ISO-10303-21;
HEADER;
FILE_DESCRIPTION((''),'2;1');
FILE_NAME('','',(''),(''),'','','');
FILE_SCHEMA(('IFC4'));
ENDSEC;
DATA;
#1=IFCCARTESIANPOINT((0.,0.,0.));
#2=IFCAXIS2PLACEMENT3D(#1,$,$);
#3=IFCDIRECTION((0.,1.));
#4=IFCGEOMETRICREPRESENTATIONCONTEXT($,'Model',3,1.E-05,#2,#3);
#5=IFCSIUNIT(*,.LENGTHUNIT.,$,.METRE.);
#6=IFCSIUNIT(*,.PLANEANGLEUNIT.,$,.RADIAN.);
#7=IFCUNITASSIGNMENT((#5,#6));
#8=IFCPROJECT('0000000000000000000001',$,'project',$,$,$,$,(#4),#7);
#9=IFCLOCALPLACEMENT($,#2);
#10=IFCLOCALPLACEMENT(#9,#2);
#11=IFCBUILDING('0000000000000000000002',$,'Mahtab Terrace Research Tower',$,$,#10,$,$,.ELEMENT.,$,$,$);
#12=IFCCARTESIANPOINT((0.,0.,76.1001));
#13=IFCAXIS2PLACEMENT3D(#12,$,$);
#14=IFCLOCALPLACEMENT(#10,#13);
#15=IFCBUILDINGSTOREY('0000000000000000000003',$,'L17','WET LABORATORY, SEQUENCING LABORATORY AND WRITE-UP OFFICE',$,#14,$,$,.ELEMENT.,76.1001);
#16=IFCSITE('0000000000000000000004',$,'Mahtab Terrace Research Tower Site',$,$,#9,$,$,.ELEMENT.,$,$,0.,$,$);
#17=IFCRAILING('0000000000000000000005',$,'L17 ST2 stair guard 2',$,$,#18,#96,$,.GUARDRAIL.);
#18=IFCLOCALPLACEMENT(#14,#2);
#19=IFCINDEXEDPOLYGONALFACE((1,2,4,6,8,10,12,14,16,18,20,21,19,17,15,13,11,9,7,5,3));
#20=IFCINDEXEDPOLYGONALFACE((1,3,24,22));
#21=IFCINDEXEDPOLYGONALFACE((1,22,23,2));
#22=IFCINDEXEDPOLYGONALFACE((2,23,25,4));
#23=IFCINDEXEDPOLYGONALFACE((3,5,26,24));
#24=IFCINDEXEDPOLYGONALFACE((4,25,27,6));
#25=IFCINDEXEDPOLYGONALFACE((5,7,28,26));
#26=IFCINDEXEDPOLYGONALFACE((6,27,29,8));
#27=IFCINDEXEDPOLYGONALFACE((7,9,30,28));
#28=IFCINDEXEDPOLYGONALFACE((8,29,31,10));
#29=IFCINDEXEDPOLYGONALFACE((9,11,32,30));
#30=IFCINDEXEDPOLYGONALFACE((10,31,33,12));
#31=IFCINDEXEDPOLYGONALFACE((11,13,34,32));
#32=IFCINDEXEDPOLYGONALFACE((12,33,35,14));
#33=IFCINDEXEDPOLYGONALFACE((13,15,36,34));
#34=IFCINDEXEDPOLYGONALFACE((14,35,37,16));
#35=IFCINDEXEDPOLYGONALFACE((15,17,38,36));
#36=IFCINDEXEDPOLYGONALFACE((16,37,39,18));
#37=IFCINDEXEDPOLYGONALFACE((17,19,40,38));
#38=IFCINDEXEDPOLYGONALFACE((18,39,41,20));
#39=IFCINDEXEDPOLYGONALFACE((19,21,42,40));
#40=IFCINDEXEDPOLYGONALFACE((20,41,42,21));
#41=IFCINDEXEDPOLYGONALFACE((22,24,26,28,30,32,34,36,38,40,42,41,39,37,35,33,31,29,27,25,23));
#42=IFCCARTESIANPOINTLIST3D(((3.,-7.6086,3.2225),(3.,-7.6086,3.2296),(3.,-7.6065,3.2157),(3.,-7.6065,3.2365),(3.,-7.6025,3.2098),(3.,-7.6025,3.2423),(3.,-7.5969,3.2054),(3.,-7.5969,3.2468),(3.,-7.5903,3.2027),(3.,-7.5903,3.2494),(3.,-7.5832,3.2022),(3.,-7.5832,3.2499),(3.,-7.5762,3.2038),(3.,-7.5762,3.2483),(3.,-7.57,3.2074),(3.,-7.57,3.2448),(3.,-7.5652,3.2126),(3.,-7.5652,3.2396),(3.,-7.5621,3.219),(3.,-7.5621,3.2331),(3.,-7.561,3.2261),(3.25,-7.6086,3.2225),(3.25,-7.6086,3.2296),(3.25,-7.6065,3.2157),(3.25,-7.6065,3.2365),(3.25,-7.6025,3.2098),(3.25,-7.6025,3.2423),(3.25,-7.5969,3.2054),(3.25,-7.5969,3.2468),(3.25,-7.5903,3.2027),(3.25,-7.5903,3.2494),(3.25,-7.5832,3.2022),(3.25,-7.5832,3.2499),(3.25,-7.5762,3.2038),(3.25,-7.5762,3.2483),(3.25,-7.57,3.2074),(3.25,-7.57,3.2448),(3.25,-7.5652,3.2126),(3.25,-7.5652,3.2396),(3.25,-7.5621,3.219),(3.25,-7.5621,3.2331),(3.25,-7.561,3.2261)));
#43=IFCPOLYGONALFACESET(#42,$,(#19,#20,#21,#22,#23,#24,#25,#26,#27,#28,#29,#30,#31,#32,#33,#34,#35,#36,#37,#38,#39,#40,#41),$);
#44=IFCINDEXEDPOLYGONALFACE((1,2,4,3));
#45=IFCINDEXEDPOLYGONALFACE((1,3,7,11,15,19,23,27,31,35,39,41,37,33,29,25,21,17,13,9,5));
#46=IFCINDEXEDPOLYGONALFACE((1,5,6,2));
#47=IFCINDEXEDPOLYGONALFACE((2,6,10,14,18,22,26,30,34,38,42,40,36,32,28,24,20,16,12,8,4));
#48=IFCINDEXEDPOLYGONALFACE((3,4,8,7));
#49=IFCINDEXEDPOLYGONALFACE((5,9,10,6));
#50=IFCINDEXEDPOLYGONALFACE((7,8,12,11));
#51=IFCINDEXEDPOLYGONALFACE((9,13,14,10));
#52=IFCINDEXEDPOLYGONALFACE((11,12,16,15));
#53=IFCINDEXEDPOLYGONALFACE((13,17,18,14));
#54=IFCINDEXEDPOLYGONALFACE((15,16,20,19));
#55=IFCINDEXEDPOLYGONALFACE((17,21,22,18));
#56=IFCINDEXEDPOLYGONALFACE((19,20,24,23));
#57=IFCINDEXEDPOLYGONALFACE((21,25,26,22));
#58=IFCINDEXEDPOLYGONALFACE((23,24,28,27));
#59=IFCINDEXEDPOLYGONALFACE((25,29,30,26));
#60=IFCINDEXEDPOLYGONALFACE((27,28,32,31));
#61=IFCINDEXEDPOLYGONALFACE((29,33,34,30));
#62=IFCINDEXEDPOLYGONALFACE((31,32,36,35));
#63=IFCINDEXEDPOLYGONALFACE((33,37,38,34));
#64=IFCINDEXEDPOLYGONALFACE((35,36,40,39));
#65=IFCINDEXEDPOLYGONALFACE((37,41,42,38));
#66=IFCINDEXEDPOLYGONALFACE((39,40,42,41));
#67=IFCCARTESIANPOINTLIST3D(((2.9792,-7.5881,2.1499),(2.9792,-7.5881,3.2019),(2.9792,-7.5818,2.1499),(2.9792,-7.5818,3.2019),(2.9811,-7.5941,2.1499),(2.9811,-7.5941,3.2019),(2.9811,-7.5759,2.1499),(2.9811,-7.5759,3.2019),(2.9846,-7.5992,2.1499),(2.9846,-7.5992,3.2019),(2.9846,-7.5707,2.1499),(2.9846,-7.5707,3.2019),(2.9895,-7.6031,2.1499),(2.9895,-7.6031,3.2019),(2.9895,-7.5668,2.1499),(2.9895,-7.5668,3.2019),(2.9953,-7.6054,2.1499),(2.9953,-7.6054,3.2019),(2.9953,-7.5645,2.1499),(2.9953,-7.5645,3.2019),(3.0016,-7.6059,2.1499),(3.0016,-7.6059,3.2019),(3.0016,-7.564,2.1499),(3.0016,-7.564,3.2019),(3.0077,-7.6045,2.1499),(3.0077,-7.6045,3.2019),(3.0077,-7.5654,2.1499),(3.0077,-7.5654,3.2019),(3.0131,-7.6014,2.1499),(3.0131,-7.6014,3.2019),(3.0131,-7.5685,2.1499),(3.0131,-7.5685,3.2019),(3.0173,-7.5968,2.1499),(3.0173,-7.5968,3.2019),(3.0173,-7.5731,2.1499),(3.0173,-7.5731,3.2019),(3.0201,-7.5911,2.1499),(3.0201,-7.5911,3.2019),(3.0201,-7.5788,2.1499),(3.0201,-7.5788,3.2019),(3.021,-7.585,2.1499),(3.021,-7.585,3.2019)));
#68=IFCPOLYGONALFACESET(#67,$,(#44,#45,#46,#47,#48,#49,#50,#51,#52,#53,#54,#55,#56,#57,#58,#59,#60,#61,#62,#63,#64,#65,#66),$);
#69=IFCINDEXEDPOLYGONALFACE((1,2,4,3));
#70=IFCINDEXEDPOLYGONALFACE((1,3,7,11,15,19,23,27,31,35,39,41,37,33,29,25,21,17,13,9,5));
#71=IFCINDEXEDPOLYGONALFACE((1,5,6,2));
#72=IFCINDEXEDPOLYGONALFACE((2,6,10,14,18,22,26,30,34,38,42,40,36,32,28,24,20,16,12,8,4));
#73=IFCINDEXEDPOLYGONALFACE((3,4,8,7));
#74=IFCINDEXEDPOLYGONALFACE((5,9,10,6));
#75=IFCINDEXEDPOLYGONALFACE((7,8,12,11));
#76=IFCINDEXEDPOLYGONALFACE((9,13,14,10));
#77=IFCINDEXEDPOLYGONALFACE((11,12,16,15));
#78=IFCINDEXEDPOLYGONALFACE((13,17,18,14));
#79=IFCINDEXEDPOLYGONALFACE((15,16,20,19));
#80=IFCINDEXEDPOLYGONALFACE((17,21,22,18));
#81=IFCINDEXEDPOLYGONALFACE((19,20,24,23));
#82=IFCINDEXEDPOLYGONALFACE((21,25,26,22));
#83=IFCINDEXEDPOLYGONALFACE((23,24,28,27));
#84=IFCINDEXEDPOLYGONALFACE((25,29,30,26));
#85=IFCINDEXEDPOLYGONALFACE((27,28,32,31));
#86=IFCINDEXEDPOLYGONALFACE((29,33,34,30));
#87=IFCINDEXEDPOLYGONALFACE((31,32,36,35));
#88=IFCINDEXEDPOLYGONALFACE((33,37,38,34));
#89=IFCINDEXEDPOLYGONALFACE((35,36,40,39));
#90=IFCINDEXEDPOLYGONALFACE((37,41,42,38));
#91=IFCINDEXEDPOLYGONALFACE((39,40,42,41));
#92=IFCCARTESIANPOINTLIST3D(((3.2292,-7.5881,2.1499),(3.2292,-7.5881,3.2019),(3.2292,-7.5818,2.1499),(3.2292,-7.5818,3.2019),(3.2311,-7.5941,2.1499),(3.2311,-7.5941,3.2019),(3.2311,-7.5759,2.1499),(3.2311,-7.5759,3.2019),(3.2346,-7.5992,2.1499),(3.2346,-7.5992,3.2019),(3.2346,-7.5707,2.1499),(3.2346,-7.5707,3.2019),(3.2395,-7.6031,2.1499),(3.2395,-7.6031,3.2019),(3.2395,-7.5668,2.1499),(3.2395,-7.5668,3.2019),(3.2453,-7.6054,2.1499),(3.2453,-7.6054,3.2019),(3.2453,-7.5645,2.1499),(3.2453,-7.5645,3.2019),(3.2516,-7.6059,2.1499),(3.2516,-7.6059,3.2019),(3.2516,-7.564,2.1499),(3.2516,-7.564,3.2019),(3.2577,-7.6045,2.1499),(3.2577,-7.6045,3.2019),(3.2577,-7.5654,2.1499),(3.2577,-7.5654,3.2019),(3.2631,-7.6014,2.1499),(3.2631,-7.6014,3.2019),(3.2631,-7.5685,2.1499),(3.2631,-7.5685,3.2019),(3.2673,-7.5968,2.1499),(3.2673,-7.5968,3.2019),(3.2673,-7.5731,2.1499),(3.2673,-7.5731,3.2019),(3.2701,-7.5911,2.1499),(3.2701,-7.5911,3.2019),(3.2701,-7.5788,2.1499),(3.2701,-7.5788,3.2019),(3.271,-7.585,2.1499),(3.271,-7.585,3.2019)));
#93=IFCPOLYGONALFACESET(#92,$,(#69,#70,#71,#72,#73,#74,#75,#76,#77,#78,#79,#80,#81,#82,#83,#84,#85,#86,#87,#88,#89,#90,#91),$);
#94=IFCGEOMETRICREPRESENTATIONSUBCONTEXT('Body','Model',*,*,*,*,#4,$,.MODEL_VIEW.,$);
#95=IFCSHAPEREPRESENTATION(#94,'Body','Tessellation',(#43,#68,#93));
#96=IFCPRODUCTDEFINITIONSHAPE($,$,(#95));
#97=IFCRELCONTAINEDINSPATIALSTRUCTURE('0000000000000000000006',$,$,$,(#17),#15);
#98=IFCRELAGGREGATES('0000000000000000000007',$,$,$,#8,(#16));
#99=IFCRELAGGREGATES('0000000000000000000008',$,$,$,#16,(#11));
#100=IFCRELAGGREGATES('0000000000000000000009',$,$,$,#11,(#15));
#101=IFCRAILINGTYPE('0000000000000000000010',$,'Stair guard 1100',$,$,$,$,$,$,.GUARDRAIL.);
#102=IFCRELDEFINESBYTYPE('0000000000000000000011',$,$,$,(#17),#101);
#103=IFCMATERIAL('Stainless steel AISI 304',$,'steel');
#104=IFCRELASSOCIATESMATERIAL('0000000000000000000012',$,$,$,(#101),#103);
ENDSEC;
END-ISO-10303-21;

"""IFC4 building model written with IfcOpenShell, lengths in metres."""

from ifc_helpers import new_model, si_unit, direction, frame, origin, origin_2d, place, context, subcontext, project, spatial, circle, extrude, material, type_object, element, save


model = new_model("IFC4")

# Units and contexts
model_context = context("Model", 3, precision=1e-05, world=origin(), true_north=direction((0.0, 1.0)))
body_context = subcontext(model_context, "Body", "Model", "MODEL_VIEW")
ifc_project = project(units=[si_unit("LENGTHUNIT", "METRE"), si_unit("PLANEANGLEUNIT", "RADIAN")], contexts=[model_context])

# Site, building, storey
site_placement = place(None, origin())
site = spatial("IfcSite", under=ifc_project, at=site_placement, Name="Mahtab Terrace Research Tower Site", CompositionType="ELEMENT", RefElevation=0.0)
building_placement = place(site_placement, origin())
building = spatial("IfcBuilding", under=site, at=building_placement, Name="Mahtab Terrace Research Tower", CompositionType="ELEMENT")
storey_placement = place(building_placement, frame((0.0, 0.0, 76.1001)))
storey = spatial("IfcBuildingStorey", under=building, at=storey_placement, Name="L17", Description="WET LABORATORY, SEQUENCING LABORATORY AND WRITE-UP OFFICE", CompositionType="ELEMENT", Elevation=76.1001)

# Railing
ifc_material_1 = material(Name="Stainless steel AISI 304", Category="steel")
railing_type_1 = type_object("IfcRailingType", Name="Stair guard 1100", PredefinedType="GUARDRAIL", material=ifc_material_1)
railing_1_placement = place(storey_placement, frame((3.0, -7.585, 2.1499)))
element("IfcRailing", 1, at=railing_1_placement, inside=storey, type_object=railing_type_1, Name="L17 ST2 stair guard 2", PredefinedType="GUARDRAIL", context=body_context, shape_type="SweptSolid", body=[
    extrude(circle(Radius=0.0239, at=origin_2d()), frame((0.0, 0.0, 1.0762), z_axis=(1.0, 0.0, 0.0), x_axis=(0.0, 1.0, 0.0)), (0.0, 0.0, 1.0), 0.25),
    extrude(circle(Radius=0.021, at=origin_2d()), origin(), (0.0, 0.0, 1.0), 1.052),
    extrude(circle(Radius=0.021, at=origin_2d()), frame((0.25, 0.0, 0.0)), (0.0, 0.0, 1.0), 1.052),
])

save(model, "model.ifc")
